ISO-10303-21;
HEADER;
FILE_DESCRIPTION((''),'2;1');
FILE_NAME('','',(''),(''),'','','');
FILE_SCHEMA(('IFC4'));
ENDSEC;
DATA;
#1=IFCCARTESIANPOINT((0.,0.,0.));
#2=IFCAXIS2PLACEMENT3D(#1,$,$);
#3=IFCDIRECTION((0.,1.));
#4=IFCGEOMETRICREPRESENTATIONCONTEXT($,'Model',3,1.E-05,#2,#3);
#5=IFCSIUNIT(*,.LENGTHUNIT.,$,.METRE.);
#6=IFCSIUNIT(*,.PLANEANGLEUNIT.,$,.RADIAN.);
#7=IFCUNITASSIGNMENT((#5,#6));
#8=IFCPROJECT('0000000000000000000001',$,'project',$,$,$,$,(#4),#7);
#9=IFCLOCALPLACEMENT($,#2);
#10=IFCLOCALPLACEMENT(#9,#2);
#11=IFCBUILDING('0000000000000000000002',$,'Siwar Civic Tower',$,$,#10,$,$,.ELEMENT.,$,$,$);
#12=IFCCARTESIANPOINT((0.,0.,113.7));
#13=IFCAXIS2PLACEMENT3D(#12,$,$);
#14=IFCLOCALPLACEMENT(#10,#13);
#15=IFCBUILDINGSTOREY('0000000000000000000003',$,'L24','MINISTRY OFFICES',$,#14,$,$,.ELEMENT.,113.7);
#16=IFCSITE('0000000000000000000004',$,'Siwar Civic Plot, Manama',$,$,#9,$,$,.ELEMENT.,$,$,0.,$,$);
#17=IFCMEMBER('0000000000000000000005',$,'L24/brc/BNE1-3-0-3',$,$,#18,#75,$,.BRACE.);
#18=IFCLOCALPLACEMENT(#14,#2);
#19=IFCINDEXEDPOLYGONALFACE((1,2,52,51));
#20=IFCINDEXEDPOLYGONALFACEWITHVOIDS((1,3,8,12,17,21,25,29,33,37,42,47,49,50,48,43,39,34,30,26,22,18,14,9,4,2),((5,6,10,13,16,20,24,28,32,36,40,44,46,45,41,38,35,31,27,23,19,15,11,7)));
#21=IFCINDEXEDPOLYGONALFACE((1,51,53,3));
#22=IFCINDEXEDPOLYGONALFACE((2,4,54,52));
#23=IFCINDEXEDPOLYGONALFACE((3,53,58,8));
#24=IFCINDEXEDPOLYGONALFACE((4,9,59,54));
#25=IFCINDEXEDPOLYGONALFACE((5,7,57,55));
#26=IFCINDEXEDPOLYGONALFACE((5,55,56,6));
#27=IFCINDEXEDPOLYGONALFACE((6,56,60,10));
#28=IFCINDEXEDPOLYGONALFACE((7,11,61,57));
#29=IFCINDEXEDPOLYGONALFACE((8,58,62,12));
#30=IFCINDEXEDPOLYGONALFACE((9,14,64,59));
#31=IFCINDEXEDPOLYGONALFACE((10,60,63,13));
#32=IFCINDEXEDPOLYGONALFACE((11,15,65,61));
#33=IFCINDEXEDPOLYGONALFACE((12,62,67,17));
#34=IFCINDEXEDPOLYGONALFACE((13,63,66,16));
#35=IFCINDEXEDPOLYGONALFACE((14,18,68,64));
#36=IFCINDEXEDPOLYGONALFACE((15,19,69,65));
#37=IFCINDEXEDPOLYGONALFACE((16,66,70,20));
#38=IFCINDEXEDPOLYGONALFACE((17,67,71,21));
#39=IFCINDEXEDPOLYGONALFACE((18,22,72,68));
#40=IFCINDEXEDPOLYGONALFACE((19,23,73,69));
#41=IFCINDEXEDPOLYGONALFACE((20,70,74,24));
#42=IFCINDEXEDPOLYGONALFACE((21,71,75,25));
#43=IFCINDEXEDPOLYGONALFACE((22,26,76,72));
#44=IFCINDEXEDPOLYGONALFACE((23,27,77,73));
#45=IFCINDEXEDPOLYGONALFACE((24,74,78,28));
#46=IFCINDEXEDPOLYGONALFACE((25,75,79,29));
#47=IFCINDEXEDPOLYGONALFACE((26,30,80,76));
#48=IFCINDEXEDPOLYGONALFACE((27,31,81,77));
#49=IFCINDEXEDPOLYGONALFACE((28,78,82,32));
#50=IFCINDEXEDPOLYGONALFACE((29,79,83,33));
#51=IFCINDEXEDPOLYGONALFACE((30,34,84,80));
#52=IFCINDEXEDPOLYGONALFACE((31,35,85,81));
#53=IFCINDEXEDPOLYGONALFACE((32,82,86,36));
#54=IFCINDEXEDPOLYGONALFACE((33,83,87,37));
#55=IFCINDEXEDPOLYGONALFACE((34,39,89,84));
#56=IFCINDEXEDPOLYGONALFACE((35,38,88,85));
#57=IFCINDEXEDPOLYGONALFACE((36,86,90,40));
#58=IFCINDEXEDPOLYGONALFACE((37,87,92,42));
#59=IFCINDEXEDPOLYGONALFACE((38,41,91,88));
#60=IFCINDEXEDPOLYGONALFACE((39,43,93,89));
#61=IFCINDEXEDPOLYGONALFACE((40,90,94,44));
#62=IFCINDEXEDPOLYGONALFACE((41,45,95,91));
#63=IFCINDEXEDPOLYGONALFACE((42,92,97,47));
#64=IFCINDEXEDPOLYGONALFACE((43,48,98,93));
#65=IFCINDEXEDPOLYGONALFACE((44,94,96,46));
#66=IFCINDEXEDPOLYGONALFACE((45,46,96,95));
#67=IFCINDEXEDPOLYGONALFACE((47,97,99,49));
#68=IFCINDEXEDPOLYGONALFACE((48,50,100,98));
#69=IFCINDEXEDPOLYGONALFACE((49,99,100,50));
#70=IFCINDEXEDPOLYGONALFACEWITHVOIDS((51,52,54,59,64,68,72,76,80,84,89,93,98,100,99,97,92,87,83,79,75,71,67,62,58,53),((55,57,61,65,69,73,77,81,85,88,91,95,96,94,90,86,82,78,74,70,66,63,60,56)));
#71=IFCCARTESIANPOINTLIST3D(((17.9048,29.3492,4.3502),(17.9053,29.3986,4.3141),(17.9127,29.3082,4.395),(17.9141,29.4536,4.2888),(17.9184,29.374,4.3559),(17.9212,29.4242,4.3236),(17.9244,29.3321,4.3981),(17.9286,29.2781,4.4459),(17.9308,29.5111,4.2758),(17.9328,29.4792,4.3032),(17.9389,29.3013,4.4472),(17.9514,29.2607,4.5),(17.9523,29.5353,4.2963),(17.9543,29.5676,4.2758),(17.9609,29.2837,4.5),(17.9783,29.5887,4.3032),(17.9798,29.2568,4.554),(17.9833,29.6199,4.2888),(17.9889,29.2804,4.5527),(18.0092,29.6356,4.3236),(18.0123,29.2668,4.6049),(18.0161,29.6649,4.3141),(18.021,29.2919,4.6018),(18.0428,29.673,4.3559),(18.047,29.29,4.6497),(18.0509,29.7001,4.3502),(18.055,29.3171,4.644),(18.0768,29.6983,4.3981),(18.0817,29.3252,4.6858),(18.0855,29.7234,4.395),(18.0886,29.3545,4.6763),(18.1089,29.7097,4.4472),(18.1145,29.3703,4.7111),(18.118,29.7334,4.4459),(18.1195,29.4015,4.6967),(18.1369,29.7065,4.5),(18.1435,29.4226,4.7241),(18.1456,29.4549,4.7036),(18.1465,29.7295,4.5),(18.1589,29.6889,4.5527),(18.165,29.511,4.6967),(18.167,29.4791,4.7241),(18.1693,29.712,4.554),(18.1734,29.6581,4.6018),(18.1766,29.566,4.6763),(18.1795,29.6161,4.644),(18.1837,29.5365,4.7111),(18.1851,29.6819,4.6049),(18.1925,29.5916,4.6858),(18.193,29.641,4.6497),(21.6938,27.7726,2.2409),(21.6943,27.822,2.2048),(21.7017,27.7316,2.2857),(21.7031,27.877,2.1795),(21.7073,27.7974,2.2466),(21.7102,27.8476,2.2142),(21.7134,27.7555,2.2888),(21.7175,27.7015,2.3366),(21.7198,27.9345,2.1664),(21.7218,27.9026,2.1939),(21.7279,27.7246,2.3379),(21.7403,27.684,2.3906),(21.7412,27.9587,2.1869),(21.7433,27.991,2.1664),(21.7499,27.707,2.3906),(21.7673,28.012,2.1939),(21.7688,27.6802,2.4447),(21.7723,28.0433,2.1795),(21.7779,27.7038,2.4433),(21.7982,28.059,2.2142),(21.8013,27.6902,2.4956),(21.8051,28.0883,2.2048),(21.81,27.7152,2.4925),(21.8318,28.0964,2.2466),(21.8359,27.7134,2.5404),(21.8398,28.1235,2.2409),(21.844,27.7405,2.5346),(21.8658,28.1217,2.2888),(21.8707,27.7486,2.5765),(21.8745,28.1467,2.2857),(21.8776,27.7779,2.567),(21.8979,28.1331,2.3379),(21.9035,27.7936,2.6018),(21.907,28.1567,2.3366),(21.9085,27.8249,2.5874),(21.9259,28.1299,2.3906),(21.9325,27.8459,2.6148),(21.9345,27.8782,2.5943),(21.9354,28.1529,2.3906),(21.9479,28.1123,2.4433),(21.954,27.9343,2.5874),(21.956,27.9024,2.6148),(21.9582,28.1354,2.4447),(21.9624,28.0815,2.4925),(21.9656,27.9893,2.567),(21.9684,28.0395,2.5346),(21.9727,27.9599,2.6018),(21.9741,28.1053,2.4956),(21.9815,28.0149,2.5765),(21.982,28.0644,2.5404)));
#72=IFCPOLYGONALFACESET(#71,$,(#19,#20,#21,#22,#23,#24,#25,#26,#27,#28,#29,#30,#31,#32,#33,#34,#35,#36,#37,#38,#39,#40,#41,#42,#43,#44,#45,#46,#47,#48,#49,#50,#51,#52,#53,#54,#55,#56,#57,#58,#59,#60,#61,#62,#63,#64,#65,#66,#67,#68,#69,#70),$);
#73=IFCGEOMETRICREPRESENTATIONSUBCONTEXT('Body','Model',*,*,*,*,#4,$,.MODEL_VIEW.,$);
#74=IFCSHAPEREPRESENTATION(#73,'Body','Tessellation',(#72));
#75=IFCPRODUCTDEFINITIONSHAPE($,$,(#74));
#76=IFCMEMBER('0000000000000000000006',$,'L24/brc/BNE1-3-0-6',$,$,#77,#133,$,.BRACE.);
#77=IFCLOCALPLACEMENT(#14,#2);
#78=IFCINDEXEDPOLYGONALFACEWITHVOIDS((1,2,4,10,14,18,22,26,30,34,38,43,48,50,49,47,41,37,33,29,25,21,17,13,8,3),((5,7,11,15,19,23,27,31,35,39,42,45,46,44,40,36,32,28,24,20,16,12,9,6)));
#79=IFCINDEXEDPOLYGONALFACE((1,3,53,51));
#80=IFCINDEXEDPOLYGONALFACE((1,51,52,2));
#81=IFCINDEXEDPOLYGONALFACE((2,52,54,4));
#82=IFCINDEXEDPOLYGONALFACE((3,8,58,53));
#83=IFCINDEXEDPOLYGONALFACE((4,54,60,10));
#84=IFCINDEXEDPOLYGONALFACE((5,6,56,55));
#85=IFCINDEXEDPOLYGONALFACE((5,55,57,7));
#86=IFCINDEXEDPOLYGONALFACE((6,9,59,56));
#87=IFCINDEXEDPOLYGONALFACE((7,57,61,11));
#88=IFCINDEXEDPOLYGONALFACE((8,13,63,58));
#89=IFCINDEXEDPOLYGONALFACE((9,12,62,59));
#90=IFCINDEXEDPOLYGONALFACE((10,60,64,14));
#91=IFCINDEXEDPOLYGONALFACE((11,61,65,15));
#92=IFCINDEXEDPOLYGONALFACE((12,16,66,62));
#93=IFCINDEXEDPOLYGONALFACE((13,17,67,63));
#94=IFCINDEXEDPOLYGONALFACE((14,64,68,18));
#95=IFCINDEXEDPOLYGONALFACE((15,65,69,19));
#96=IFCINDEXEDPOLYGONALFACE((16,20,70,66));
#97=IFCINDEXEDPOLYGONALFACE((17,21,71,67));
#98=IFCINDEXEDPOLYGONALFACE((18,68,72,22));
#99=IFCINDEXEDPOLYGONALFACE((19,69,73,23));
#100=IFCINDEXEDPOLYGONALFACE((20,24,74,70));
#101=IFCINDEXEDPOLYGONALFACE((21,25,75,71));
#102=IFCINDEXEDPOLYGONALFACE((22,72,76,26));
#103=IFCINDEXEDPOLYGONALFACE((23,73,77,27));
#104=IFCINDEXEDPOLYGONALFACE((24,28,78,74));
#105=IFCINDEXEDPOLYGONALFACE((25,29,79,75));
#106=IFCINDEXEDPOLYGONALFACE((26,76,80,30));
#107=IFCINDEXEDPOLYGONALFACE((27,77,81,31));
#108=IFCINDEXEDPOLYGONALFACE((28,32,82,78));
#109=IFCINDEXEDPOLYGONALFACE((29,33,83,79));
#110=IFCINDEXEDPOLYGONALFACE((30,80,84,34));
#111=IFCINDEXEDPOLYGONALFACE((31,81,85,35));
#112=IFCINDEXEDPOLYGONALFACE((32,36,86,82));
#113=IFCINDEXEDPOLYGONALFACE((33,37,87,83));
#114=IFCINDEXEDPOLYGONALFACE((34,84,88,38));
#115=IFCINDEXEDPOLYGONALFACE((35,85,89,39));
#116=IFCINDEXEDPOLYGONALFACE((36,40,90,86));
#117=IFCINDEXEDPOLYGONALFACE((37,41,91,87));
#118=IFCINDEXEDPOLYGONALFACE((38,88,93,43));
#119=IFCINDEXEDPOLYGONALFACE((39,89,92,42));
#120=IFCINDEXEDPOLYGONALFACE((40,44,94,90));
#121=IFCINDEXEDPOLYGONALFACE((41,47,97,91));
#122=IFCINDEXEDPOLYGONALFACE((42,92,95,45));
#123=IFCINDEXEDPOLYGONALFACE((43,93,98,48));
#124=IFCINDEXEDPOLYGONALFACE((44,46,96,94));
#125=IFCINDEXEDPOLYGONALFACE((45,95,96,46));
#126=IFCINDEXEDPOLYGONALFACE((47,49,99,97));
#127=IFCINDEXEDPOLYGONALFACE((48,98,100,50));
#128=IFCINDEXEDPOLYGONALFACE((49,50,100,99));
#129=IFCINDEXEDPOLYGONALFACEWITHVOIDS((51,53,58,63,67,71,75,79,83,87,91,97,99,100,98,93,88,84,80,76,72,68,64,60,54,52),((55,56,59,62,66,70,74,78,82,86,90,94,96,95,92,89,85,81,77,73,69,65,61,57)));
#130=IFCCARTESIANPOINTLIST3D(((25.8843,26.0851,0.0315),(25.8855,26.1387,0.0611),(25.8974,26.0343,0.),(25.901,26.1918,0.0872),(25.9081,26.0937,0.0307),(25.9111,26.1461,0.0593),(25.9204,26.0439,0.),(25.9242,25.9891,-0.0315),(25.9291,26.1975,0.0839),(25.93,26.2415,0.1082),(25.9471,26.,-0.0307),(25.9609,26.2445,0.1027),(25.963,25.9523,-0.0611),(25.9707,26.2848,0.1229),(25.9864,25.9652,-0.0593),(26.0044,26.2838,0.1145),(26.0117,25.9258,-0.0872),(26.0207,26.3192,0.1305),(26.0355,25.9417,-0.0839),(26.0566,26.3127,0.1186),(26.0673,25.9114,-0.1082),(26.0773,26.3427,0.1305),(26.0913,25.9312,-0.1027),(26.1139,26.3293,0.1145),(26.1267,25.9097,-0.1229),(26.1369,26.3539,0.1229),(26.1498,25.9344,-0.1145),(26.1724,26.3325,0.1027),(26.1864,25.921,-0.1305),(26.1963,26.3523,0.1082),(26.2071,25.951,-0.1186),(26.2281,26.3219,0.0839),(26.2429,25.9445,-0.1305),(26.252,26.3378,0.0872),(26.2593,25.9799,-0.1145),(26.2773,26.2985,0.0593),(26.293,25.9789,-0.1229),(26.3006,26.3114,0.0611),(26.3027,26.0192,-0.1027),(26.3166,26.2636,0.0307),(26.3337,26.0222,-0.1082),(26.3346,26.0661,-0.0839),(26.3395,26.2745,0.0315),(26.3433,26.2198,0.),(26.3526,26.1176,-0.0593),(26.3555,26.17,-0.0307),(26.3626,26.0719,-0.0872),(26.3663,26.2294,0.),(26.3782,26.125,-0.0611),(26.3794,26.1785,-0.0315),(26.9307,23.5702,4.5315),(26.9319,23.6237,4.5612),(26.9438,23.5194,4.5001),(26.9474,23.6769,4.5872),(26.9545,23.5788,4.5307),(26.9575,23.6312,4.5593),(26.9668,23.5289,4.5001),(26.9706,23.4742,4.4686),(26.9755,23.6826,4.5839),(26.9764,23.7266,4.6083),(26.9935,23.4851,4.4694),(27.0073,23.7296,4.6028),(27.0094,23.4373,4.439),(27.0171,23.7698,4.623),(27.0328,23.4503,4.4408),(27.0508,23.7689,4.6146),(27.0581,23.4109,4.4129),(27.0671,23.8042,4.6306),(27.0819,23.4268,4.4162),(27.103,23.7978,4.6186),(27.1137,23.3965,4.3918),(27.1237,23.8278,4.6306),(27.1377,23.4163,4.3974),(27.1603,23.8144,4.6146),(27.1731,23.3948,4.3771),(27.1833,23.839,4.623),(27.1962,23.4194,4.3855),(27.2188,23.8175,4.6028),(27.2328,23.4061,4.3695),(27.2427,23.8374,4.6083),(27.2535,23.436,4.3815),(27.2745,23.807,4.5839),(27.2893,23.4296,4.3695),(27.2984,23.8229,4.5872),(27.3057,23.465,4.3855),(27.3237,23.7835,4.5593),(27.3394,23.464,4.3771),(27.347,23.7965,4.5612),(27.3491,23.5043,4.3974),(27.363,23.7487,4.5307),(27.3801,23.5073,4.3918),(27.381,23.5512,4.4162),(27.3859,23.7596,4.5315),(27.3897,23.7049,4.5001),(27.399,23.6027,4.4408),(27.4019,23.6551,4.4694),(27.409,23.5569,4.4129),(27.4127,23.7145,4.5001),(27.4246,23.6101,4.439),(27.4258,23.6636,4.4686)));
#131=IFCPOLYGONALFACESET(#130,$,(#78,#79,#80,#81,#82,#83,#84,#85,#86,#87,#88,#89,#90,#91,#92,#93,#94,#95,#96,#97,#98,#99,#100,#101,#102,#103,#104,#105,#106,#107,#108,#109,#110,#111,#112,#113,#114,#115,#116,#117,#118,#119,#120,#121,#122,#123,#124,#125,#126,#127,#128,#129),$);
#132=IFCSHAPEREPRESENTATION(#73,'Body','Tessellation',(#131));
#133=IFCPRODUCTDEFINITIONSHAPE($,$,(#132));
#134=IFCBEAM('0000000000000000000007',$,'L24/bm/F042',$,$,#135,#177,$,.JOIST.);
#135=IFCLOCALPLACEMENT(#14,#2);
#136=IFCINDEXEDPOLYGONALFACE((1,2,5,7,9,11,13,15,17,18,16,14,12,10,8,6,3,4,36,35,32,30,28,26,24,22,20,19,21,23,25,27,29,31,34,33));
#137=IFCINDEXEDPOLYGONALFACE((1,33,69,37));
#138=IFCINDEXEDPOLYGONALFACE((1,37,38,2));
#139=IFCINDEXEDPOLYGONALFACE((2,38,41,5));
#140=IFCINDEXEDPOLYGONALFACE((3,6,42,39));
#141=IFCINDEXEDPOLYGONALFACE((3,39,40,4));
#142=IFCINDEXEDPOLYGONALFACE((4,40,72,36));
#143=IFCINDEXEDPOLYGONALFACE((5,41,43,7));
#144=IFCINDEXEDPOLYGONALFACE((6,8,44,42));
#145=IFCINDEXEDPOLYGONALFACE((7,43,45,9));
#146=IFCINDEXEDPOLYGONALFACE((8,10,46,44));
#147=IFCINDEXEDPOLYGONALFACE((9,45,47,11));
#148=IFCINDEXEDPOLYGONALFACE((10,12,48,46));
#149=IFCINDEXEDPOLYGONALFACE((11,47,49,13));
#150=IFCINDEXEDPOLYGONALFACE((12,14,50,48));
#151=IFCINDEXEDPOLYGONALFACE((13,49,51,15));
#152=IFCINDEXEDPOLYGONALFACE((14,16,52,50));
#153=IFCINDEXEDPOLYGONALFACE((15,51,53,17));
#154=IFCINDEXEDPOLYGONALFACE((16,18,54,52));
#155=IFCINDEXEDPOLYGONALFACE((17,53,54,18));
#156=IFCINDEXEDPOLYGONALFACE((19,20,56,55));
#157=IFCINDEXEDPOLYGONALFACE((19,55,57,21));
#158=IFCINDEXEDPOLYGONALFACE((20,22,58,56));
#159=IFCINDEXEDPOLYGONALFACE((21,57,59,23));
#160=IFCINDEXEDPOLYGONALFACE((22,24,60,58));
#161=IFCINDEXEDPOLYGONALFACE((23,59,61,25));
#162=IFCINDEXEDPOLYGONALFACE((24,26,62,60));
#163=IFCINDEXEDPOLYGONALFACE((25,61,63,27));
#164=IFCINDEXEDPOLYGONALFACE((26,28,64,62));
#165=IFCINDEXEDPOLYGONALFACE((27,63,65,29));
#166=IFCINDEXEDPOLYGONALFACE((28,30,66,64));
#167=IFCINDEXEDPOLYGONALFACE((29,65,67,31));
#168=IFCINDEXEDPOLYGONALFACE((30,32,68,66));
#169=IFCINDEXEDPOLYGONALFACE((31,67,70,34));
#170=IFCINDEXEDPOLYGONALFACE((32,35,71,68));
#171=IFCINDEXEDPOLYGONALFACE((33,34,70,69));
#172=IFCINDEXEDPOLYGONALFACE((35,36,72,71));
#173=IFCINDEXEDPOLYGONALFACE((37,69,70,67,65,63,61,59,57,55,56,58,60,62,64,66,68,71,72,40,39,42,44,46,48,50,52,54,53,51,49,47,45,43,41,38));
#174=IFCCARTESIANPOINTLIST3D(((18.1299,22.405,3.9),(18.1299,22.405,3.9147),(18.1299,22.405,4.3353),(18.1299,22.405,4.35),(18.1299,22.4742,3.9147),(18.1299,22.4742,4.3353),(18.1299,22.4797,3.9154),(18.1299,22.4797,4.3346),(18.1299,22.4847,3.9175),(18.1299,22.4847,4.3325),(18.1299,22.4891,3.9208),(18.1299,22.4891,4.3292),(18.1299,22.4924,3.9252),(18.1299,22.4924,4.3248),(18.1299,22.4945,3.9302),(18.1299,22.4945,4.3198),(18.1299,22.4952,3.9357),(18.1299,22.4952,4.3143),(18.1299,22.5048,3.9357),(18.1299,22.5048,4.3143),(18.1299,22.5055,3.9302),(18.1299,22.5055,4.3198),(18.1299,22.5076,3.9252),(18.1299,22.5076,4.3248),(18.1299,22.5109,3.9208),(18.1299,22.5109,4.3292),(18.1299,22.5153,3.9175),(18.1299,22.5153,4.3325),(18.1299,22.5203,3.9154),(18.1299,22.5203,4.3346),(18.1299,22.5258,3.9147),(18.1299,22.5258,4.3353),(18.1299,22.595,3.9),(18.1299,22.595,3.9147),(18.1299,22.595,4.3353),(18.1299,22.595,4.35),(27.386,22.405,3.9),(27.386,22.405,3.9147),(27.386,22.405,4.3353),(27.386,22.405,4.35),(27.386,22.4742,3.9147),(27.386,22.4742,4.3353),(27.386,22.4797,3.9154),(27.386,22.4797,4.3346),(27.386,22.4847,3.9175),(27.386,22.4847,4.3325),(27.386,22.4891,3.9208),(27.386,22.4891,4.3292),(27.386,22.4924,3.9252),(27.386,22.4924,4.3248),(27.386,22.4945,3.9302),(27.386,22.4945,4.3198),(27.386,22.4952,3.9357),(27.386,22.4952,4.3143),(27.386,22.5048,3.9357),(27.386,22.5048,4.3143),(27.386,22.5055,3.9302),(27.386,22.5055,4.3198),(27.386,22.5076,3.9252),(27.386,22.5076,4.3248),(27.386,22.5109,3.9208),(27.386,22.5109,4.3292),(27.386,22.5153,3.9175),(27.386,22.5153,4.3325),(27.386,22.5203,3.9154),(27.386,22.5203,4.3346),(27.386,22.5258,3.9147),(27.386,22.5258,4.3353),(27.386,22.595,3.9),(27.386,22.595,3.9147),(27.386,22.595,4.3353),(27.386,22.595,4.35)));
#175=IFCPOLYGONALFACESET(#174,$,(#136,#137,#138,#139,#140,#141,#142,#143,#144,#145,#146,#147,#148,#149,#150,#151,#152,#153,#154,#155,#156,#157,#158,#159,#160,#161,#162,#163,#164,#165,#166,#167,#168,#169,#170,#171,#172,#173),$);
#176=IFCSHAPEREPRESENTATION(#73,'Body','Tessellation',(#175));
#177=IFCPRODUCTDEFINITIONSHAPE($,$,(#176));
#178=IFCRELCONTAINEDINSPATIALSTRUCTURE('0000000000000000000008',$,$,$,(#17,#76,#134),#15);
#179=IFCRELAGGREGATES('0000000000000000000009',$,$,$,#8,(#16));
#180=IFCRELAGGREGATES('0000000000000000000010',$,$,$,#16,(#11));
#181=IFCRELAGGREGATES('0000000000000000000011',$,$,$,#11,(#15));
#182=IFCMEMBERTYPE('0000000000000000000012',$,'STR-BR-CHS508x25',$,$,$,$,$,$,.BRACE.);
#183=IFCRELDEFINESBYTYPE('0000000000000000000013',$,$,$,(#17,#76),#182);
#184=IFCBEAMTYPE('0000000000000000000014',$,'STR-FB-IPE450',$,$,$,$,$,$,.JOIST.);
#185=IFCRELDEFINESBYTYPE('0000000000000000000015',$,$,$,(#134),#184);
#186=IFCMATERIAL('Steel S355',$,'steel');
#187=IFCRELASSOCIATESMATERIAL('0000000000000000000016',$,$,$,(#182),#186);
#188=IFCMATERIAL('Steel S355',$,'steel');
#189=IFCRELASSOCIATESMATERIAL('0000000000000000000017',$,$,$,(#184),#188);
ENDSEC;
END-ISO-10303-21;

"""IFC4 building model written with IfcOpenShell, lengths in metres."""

from ifc_helpers import new_model, si_unit, direction, frame, origin, origin_2d, place, context, subcontext, project, spatial, hollow_circle, i_section, extrude, material, material_profile, profile_set, type_object, element, save


model = new_model("IFC4")

# Units and contexts
model_context = context("Model", 3, precision=1e-05, world=origin(), true_north=direction((0.0, 1.0)))
body_context = subcontext(model_context, "Body", "Model", "MODEL_VIEW")
ifc_project = project(units=[si_unit("LENGTHUNIT", "METRE"), si_unit("PLANEANGLEUNIT", "RADIAN")], contexts=[model_context])

# Site, building, storey
site_placement = place(None, origin())
site = spatial("IfcSite", under=ifc_project, at=site_placement, Name="Siwar Civic Plot, Manama", CompositionType="ELEMENT", RefElevation=0.0)
building_placement = place(site_placement, origin())
building = spatial("IfcBuilding", under=site, at=building_placement, Name="Siwar Civic Tower", CompositionType="ELEMENT")
storey_placement = place(building_placement, frame((0.0, 0.0, 113.7)))
storey = spatial("IfcBuildingStorey", under=building, at=storey_placement, Name="L24", Description="MINISTRY OFFICES", CompositionType="ELEMENT", Elevation=113.7)

# Members
ifc_material_1 = material(Name="Steel S355", Category="steel")
ifc_material_profile_1 = material_profile(ifc_material_1, hollow_circle(Radius=0.2539, WallThickness=0.0249, at=origin_2d()), Name="CHS508x25")
ifc_profile_set_1 = profile_set([ifc_material_profile_1], Name="Steel S355")
member_type_1 = type_object("IfcMemberType", Name="STR-BR-CHS508x25", PredefinedType="BRACE", material=ifc_profile_set_1)
member_1_placement = place(storey_placement, frame((21.8379, 27.9185, 2.3906), z_axis=(-0.821146, 0.341686, 0.457133), x_axis=(-0.384176, -0.92326, 0.0)))
element("IfcMember", 1, at=member_1_placement, inside=storey, type_object=member_type_1, Name="L24/brc/BNE1-3-0-3", PredefinedType="BRACE", context=body_context, shape_type="SweptSolid", body=[
    extrude(hollow_circle(Radius=0.2539, WallThickness=0.0249, at=origin_2d()), origin(), (0.0, 0.0, 1.0), 4.6143),
])
member_2_placement = place(storey_placement, frame((26.1318, 26.1318, 0.0), z_axis=(0.198926, -0.478099, 0.855482), x_axis=(0.92327, 0.384151, 0.0)))
element("IfcMember", 2, at=member_2_placement, inside=storey, type_object=member_type_1, Name="L24/brc/BNE1-3-0-6", PredefinedType="BRACE", context=body_context, shape_type="SweptSolid", body=[
    extrude(hollow_circle(Radius=0.2539, WallThickness=0.0249, at=origin_2d()), origin(), (0.0, 0.0, 1.0), 5.2603),
])

# Beam
ifc_material_2 = material(Name="Steel S355", Category="steel")
ifc_material_profile_2 = material_profile(ifc_material_2, i_section(OverallWidth=0.1899, OverallDepth=0.45, WebThickness=0.0095, FlangeThickness=0.0146, FilletRadius=0.021, at=origin_2d()), Name="IPE450")
ifc_profile_set_2 = profile_set([ifc_material_profile_2], Name="Steel S355")
beam_type_1 = type_object("IfcBeamType", Name="STR-FB-IPE450", PredefinedType="JOIST", material=ifc_profile_set_2)
beam_1_placement = place(storey_placement, frame((18.1299, 22.5, 4.125), z_axis=(1.0, 0.0, 0.0), x_axis=(0.0, 1.0, 0.0)))
element("IfcBeam", 3, at=beam_1_placement, inside=storey, type_object=beam_type_1, Name="L24/bm/F042", PredefinedType="JOIST", context=body_context, shape_type="SweptSolid", body=[
    extrude(i_section(OverallWidth=0.1899, OverallDepth=0.45, WebThickness=0.0095, FlangeThickness=0.0146, FilletRadius=0.021, at=origin_2d()), origin(), (0.0, 0.0, 1.0), 9.2561),
])

save(model, "model.ifc")
